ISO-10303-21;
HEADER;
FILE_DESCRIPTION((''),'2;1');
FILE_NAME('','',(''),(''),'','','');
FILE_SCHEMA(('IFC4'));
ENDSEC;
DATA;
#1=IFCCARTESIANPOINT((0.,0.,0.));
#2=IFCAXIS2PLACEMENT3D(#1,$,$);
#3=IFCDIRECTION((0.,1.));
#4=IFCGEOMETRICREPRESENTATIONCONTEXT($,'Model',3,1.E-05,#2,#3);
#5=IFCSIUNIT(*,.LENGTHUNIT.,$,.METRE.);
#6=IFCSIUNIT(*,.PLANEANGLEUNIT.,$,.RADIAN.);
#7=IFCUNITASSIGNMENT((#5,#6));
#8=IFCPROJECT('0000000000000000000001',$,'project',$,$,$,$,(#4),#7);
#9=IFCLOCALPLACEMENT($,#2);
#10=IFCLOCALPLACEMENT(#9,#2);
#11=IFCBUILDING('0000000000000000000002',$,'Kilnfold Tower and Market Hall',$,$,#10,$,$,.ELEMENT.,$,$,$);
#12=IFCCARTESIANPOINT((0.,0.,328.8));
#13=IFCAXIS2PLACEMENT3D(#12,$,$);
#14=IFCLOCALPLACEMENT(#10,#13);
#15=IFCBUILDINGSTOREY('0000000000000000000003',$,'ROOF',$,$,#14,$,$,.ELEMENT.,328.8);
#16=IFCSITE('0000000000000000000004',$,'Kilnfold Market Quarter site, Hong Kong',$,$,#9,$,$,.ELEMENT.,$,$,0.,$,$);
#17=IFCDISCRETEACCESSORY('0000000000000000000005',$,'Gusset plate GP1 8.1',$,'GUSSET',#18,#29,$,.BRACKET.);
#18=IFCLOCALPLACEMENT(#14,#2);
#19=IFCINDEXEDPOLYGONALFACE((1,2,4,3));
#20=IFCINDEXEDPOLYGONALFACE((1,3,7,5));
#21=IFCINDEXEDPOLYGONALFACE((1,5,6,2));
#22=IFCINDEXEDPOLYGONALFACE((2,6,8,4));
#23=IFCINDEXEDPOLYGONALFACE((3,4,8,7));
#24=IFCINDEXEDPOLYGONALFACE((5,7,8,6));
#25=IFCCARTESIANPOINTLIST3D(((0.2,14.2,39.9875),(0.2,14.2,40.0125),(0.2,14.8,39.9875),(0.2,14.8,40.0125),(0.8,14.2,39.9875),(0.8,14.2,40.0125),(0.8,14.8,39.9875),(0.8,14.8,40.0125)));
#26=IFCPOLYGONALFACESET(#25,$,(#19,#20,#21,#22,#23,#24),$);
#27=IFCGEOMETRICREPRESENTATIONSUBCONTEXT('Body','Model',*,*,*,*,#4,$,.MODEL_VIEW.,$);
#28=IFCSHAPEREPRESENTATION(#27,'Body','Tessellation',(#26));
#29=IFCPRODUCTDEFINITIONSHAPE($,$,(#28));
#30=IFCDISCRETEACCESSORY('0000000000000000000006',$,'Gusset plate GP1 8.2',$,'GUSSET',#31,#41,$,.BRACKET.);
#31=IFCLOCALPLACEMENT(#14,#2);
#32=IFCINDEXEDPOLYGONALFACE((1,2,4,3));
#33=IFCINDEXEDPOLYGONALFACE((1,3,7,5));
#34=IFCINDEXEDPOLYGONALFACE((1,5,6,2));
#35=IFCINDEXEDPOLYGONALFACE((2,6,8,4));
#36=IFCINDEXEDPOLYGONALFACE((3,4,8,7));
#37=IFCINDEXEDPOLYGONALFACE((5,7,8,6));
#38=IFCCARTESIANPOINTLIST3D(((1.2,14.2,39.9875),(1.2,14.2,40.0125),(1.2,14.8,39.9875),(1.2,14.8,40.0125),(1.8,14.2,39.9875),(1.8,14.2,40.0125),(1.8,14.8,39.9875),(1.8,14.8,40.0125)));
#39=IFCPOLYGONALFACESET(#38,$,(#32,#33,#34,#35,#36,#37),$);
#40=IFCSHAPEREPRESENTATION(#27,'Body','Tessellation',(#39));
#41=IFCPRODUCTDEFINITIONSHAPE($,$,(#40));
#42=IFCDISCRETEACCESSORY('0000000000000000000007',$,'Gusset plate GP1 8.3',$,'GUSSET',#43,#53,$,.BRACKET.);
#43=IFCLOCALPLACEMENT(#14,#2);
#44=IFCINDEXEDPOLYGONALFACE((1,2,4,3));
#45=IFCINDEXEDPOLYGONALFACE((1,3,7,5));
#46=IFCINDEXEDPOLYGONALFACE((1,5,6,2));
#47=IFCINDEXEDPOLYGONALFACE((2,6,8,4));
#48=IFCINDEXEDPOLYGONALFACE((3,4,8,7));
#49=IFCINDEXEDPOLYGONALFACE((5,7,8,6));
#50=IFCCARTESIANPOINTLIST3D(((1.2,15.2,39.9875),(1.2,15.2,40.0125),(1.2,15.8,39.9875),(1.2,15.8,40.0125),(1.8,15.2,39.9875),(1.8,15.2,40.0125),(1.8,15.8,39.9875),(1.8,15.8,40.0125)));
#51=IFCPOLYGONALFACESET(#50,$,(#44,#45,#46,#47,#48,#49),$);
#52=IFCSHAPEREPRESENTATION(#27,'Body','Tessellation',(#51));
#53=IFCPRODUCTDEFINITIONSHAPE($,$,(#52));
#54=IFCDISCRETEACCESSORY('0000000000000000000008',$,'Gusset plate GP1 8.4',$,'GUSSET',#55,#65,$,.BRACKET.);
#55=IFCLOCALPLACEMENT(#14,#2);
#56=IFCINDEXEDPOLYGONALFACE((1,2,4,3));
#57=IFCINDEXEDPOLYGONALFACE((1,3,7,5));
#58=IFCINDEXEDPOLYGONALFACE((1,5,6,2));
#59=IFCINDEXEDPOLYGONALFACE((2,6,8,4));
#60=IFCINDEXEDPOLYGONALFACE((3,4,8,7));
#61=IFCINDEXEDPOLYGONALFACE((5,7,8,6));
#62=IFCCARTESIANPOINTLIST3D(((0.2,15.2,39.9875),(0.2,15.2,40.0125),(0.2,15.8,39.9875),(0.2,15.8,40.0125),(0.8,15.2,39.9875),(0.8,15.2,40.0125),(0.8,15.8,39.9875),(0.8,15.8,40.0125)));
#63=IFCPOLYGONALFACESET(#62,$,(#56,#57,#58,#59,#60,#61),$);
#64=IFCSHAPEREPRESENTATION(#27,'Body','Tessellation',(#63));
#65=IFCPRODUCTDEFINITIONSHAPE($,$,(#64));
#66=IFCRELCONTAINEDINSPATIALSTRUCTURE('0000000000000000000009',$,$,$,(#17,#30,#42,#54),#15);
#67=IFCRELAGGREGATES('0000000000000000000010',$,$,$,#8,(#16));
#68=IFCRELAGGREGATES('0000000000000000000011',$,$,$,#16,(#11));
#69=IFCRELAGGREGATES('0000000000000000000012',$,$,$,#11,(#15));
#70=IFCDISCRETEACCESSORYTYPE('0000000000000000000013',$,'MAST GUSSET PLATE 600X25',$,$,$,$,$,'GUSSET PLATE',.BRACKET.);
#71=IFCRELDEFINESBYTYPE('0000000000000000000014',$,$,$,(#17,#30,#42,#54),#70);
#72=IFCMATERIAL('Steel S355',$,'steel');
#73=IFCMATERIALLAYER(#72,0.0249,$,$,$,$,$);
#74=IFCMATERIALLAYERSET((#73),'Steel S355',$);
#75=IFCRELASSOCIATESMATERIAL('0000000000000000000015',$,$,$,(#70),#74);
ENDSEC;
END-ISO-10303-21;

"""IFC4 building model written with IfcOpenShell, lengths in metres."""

from ifc_helpers import new_model, si_unit, direction, frame, origin, origin_2d, place, context, subcontext, project, spatial, rectangle, extrude, source, transform, mapped, material, layer, layer_set, type_object, element, save


model = new_model("IFC4")

# Units and contexts
model_context = context("Model", 3, precision=1e-05, world=origin(), true_north=direction((0.0, 1.0)))
body_context = subcontext(model_context, "Body", "Model", "MODEL_VIEW")
ifc_project = project(units=[si_unit("LENGTHUNIT", "METRE"), si_unit("PLANEANGLEUNIT", "RADIAN")], contexts=[model_context])

# Site, building, storey
site_placement = place(None, origin())
site = spatial("IfcSite", under=ifc_project, at=site_placement, Name="Kilnfold Market Quarter site, Hong Kong", CompositionType="ELEMENT", RefElevation=0.0)
building_placement = place(site_placement, origin())
building = spatial("IfcBuilding", under=site, at=building_placement, Name="Kilnfold Tower and Market Hall", CompositionType="ELEMENT")
storey_placement = place(building_placement, frame((0.0, 0.0, 328.8)))
storey = spatial("IfcBuildingStorey", under=building, at=storey_placement, Name="ROOF", CompositionType="ELEMENT", Elevation=328.8)

# Discrete accessories
ifc_material_1 = material(Name="Steel S355", Category="steel")
ifc_layer_1 = layer(ifc_material_1, 0.0249)
ifc_layer_set_1 = layer_set([ifc_layer_1], Name="Steel S355")
discrete_accessory_type_1 = type_object("IfcDiscreteAccessoryType", Name="MAST GUSSET PLATE 600X25", ElementType="GUSSET PLATE", PredefinedType="BRACKET", material=ifc_layer_set_1)
shared_shape_1 = source(origin(), body_context, "Body", "SweptSolid", [
    extrude(rectangle(XDim=0.6001, YDim=0.6001, at=origin_2d()), origin(), (0.0, 0.0, 1.0), 0.0249),
])
for number, where, z_axis, x_axis, name in (
    (1, (0.5, 14.5, 39.9875), (0.0, 0.0, 1.0), (1.0, 0.0, 0.0), "Gusset plate GP1 8.1"),
    (2, (1.5, 14.5, 39.9875), (0.0, 0.0, 1.0), (1.0, 0.0, 0.0), "Gusset plate GP1 8.2"),
    (3, (1.5, 15.5, 39.9875), (0.0, 0.0, 1.0), (1.0, 0.0, 0.0), "Gusset plate GP1 8.3"),
    (4, (0.5, 15.5, 39.9875), (0.0, 0.0, 1.0), (1.0, 0.0, 0.0), "Gusset plate GP1 8.4"),
):
    element("IfcDiscreteAccessory", number, at=place(storey_placement, frame(where, z_axis=z_axis, x_axis=x_axis)), inside=storey, type_object=discrete_accessory_type_1, Name=name, ObjectType="GUSSET", PredefinedType="BRACKET", context=body_context, shape_type="MappedRepresentation", body=[
        mapped(shared_shape_1, transform((0.0, 0.0, 0.0))),
    ])

save(model, "model.ifc")
